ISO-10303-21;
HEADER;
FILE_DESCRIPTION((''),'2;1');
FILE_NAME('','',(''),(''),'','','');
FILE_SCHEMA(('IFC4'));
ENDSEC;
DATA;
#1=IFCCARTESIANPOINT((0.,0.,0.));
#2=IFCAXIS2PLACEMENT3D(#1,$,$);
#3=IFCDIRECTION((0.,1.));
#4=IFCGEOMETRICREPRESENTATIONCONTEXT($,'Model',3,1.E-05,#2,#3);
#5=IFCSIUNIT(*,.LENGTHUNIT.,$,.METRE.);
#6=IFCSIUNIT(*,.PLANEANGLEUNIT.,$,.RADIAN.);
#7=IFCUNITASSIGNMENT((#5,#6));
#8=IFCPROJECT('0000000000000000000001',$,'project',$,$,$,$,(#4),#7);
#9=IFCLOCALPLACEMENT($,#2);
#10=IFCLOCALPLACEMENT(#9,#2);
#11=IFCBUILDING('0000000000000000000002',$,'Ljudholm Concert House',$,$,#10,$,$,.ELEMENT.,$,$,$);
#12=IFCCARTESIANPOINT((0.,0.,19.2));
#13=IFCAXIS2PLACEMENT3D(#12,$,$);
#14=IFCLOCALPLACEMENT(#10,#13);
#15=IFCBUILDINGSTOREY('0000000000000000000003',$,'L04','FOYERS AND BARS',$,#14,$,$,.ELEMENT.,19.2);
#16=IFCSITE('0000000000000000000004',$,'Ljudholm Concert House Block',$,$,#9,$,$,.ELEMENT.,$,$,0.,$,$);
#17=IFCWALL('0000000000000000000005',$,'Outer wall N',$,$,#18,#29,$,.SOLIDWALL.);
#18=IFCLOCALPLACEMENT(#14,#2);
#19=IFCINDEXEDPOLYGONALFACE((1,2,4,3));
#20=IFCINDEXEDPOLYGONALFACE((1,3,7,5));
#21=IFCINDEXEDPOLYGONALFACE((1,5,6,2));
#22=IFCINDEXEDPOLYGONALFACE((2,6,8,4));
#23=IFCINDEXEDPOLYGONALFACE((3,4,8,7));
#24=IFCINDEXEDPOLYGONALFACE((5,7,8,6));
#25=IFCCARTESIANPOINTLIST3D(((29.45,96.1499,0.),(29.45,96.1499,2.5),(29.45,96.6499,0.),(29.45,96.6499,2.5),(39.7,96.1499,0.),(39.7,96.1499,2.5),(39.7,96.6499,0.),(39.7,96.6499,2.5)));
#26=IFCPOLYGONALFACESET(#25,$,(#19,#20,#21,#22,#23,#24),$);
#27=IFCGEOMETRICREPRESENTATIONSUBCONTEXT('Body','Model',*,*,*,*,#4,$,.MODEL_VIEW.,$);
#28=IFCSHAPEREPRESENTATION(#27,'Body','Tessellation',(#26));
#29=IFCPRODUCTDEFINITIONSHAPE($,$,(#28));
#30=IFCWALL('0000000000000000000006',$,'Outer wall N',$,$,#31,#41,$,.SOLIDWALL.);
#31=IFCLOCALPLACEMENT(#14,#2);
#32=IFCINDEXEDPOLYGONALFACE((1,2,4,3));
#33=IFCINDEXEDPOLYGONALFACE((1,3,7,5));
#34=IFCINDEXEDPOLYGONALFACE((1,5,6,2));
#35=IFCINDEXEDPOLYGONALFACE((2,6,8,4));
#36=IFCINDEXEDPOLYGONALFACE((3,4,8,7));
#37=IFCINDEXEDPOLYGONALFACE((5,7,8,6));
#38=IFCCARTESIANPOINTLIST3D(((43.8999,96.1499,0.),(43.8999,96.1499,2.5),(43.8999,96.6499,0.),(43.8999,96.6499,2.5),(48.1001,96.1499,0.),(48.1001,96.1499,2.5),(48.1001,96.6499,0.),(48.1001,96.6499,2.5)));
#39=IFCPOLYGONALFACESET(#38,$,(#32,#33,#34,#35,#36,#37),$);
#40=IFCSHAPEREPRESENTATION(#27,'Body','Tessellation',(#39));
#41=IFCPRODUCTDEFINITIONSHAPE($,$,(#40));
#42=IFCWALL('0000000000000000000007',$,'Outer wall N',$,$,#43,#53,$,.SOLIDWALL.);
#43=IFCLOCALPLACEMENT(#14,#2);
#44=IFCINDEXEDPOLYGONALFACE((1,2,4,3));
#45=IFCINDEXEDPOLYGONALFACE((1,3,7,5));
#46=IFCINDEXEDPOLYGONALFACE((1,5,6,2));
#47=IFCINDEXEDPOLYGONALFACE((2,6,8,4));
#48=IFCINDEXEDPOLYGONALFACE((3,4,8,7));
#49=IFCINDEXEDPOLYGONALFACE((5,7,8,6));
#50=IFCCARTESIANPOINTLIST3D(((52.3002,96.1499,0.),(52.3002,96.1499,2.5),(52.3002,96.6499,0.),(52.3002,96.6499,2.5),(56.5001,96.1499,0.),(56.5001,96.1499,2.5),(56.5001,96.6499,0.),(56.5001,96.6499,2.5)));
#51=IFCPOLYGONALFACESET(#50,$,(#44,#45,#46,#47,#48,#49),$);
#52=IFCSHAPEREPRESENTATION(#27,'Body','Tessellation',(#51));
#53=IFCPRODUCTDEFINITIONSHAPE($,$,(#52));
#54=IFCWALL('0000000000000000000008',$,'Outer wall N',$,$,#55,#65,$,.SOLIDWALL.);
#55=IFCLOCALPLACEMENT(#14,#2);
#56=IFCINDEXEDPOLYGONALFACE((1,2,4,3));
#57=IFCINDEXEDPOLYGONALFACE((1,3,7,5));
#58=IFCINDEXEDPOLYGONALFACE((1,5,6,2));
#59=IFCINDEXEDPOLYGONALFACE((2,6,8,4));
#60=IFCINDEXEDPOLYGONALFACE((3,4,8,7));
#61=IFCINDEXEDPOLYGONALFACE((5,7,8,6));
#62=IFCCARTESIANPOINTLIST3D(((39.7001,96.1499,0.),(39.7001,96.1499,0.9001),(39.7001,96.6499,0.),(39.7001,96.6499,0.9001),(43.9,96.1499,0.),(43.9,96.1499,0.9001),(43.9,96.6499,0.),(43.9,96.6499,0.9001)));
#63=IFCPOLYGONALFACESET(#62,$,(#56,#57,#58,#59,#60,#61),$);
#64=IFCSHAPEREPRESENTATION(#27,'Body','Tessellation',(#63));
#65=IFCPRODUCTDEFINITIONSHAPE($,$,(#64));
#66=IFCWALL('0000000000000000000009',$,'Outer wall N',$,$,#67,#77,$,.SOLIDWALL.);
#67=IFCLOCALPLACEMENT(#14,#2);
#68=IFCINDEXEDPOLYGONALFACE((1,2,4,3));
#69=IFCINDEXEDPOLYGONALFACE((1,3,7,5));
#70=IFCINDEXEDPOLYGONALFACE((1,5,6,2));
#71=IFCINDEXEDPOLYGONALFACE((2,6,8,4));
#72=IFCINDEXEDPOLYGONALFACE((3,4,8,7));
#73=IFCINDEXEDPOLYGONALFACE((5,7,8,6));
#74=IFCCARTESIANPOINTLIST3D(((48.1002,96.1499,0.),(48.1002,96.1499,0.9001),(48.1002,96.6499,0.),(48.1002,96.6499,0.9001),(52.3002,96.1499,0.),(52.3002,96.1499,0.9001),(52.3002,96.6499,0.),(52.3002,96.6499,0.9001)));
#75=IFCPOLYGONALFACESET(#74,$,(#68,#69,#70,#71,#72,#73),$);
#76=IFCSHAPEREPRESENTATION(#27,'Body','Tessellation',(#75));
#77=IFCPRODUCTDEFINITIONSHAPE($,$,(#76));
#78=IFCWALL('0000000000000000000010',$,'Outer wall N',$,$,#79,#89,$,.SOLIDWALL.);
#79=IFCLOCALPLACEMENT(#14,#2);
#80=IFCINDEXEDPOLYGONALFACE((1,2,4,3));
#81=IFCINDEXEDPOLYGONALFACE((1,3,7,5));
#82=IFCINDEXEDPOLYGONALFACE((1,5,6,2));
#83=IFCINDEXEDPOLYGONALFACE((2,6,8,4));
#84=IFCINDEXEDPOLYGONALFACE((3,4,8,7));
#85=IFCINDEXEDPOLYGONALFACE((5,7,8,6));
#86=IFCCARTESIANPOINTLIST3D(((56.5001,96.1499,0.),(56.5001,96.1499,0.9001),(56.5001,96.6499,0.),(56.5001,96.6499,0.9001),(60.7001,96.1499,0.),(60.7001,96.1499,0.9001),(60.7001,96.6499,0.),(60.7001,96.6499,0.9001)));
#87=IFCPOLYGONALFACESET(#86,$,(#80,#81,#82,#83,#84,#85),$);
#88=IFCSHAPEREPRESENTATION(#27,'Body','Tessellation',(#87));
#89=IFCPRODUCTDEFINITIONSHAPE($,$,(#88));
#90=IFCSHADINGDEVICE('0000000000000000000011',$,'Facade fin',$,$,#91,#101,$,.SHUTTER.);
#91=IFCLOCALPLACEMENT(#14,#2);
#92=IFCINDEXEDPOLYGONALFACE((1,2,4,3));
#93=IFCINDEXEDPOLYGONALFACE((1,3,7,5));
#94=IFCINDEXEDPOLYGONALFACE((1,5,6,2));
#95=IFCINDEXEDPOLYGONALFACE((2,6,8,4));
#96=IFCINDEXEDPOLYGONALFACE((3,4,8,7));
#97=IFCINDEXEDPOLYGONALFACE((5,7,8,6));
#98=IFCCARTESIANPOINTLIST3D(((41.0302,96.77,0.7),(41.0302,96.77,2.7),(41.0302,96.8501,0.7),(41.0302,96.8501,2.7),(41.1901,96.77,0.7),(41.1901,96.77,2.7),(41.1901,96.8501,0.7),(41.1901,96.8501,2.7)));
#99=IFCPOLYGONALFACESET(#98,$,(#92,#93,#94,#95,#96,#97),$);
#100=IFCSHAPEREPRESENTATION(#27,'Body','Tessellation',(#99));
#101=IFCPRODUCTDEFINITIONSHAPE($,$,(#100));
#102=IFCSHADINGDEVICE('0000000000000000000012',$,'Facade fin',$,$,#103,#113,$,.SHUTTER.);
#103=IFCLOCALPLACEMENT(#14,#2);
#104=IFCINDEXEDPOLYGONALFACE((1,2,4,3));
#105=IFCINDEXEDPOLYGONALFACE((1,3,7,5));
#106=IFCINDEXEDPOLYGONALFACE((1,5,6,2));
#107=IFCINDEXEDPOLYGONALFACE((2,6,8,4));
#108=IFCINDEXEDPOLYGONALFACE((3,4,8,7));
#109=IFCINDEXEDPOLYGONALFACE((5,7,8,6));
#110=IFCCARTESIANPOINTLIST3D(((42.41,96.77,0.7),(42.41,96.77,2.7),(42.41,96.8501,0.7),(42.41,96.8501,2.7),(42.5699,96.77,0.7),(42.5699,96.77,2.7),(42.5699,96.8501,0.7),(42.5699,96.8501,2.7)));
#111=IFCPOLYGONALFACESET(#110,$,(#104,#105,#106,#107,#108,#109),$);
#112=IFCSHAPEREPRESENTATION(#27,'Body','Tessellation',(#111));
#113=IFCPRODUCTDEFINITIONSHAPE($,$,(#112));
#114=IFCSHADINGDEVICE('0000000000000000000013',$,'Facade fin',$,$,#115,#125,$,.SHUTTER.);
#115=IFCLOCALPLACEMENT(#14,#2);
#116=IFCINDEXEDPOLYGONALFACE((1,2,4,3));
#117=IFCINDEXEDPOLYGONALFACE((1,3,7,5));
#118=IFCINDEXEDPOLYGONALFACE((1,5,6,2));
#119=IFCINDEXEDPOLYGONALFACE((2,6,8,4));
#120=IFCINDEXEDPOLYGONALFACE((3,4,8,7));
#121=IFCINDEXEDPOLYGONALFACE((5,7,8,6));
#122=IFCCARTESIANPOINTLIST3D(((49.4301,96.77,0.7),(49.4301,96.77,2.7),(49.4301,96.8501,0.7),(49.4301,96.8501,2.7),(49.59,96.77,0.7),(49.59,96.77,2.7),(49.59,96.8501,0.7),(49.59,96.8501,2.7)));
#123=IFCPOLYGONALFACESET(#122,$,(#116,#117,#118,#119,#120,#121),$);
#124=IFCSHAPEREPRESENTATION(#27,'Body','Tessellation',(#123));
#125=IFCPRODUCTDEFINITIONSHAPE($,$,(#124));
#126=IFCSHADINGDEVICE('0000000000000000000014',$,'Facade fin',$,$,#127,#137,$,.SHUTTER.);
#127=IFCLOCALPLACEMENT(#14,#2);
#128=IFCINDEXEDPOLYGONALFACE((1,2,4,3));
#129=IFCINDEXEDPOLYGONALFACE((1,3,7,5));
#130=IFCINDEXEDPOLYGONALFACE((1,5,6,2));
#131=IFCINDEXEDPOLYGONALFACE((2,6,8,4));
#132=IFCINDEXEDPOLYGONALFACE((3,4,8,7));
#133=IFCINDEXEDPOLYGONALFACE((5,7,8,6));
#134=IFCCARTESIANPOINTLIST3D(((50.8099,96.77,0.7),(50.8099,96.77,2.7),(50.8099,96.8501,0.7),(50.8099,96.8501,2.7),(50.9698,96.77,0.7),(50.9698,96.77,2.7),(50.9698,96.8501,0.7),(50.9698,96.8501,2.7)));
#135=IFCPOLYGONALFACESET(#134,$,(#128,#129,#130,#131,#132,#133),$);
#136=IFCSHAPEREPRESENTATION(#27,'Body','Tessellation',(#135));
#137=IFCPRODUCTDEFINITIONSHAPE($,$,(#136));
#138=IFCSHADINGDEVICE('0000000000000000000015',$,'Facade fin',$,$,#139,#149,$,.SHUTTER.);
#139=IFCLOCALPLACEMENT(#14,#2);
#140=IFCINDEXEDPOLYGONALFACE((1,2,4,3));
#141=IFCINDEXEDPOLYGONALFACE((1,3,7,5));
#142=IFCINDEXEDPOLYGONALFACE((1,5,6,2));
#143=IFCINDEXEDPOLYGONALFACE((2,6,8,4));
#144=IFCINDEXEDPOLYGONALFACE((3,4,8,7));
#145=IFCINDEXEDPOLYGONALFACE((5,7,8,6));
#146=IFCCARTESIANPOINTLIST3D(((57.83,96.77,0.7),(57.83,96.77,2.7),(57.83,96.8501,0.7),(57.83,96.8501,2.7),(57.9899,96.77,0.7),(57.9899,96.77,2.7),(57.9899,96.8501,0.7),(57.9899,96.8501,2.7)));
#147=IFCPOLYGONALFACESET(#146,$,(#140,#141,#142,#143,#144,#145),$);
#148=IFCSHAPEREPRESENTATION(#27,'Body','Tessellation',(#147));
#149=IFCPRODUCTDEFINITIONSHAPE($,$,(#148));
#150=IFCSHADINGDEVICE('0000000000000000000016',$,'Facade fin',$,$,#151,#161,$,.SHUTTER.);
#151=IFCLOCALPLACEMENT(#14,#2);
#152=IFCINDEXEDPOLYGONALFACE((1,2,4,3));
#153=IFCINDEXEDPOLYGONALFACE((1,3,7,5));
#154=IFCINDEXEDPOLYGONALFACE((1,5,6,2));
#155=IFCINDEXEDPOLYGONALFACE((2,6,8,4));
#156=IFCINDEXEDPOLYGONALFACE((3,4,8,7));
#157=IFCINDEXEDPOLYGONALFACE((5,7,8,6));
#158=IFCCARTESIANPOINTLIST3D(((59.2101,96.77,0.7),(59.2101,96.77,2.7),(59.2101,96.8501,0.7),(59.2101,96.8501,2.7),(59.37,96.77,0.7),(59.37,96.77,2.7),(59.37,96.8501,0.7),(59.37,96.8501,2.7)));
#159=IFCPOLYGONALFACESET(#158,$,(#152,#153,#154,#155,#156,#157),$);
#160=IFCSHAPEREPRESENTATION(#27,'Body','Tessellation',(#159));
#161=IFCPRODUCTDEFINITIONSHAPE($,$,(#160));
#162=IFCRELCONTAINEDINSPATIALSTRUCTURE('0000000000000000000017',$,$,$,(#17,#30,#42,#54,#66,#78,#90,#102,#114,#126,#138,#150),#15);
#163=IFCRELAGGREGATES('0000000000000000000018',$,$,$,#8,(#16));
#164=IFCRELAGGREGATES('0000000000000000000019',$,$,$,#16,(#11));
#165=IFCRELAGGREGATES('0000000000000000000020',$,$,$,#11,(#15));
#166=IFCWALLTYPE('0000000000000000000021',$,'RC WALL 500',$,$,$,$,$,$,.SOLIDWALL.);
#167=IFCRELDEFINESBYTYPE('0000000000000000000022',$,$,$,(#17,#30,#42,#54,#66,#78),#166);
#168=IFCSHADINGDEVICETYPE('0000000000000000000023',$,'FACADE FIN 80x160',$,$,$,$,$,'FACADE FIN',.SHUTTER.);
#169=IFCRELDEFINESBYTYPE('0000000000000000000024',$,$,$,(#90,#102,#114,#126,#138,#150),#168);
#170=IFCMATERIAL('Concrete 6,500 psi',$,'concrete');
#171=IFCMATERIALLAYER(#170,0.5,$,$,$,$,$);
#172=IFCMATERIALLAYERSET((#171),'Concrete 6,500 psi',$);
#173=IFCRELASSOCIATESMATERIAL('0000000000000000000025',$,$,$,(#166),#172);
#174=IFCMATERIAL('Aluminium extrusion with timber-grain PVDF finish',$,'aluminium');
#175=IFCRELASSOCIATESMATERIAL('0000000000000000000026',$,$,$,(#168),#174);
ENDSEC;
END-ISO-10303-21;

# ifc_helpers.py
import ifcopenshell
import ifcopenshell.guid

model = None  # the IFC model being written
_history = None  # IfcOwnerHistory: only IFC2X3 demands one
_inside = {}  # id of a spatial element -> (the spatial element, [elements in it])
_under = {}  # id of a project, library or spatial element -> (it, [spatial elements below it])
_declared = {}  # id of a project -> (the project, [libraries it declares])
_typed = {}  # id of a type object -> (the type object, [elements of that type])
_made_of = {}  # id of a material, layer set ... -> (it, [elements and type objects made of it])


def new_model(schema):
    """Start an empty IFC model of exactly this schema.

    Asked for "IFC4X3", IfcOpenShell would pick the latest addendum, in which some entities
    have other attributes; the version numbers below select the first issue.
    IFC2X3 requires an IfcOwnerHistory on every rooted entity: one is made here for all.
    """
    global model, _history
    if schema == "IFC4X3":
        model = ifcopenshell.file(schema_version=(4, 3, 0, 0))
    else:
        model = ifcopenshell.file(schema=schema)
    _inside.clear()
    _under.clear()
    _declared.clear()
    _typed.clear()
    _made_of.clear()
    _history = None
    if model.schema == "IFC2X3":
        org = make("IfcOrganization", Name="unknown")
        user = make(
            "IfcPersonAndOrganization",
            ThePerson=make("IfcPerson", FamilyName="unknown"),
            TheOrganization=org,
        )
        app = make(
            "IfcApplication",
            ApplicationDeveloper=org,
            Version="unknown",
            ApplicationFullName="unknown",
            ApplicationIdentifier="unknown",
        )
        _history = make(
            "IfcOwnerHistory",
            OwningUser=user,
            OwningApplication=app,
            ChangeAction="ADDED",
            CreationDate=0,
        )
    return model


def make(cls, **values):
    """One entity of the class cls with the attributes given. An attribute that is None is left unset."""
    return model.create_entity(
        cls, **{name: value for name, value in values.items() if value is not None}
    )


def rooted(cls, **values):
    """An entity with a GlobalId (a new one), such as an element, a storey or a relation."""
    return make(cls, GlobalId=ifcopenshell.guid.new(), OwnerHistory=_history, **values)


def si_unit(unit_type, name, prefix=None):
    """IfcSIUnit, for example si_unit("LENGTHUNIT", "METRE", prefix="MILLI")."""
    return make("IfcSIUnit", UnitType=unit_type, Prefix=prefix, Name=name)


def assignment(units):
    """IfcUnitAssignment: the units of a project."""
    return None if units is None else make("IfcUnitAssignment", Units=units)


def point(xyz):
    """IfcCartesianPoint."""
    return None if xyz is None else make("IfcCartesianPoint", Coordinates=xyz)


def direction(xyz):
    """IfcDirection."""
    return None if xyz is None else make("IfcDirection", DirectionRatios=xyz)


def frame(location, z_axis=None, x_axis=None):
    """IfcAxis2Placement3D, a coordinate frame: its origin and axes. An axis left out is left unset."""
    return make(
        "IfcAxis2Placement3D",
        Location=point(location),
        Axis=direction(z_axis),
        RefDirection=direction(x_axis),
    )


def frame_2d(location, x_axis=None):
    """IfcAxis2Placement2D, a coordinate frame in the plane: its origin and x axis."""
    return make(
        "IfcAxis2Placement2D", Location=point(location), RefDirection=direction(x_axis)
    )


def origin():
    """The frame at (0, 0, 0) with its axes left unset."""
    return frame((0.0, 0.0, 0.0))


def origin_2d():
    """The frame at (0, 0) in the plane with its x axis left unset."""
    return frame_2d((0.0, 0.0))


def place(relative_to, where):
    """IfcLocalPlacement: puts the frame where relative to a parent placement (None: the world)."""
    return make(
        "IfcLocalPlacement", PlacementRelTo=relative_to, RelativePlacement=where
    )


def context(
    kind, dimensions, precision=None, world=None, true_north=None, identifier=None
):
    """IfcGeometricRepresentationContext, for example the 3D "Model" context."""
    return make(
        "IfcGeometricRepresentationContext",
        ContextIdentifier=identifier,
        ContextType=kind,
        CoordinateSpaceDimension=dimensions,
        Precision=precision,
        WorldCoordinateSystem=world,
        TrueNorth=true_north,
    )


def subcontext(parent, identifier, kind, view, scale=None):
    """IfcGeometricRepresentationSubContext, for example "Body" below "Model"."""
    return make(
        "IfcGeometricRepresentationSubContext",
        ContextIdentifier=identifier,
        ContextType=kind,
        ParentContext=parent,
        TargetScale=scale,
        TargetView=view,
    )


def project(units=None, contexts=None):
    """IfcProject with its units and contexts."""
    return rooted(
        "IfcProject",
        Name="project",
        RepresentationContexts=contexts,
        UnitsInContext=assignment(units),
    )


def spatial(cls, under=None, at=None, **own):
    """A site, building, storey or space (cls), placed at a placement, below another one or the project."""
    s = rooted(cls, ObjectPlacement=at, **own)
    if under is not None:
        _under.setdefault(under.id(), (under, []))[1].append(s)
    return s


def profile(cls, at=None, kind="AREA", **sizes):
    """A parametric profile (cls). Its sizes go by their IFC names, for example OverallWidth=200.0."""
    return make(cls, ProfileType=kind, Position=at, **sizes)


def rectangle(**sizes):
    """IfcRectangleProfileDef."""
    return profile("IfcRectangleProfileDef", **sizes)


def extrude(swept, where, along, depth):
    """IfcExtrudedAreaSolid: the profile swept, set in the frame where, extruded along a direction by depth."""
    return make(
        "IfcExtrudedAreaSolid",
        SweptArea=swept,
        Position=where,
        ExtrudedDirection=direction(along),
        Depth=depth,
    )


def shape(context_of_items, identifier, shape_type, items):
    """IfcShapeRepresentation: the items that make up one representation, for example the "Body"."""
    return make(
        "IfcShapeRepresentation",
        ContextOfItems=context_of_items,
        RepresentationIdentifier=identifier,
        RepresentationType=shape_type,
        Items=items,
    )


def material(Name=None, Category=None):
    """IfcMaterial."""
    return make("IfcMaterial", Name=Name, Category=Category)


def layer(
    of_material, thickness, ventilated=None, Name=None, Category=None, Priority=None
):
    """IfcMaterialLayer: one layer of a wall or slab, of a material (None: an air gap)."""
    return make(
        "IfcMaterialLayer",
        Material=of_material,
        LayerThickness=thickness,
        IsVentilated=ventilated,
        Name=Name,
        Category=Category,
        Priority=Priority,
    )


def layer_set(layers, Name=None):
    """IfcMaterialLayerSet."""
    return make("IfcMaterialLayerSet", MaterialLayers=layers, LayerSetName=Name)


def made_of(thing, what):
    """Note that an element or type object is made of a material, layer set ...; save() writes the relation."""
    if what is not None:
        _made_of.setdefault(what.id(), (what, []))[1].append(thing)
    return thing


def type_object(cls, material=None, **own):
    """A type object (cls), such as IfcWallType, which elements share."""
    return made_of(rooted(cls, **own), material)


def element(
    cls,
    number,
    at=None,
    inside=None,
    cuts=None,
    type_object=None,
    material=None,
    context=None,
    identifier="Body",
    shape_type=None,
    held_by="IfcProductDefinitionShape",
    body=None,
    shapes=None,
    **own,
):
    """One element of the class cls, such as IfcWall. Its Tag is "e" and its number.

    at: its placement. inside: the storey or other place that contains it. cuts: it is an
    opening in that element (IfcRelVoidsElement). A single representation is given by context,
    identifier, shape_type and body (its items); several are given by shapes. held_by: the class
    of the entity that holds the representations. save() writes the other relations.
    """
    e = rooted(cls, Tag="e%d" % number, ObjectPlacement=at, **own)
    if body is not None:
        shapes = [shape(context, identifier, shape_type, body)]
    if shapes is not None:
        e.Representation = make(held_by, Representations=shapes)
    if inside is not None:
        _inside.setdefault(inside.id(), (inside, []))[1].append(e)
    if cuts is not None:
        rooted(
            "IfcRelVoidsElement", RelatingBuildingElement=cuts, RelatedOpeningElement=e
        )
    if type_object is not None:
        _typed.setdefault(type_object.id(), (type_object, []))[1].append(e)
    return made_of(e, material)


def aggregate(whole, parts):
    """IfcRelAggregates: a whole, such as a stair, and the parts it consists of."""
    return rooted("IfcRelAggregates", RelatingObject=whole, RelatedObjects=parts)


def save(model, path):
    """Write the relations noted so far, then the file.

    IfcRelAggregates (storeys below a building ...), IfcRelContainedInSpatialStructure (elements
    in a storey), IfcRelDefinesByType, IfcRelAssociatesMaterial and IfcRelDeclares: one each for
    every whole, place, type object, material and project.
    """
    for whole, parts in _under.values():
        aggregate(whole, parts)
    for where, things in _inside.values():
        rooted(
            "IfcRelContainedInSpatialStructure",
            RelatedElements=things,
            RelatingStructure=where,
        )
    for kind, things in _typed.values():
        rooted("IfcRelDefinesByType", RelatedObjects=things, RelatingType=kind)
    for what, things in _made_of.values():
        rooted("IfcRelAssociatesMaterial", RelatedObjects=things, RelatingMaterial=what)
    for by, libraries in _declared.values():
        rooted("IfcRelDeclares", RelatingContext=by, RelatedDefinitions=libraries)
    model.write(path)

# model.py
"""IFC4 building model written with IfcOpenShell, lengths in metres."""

from ifc_helpers import new_model, si_unit, direction, frame, frame_2d, origin, origin_2d, place, context, subcontext, project, spatial, rectangle, extrude, material, layer, layer_set, type_object, element, save


model = new_model("IFC4")

# Units and contexts
model_context = context("Model", 3, precision=1e-05, world=origin(), true_north=direction((0.0, 1.0)))
body_context = subcontext(model_context, "Body", "Model", "MODEL_VIEW")
ifc_project = project(units=[si_unit("LENGTHUNIT", "METRE"), si_unit("PLANEANGLEUNIT", "RADIAN")], contexts=[model_context])

# Site, building, storey
site_placement = place(None, origin())
site = spatial("IfcSite", under=ifc_project, at=site_placement, Name="Ljudholm Concert House Block", CompositionType="ELEMENT", RefElevation=0.0)
building_placement = place(site_placement, origin())
building = spatial("IfcBuilding", under=site, at=building_placement, Name="Ljudholm Concert House", CompositionType="ELEMENT")
storey_placement = place(building_placement, frame((0.0, 0.0, 19.2)))
storey = spatial("IfcBuildingStorey", under=building, at=storey_placement, Name="L04", Description="FOYERS AND BARS", CompositionType="ELEMENT", Elevation=19.2)

# Walls
ifc_material_1 = material(Name="Concrete 6,500 psi", Category="concrete")
ifc_layer_1 = layer(ifc_material_1, 0.5)
ifc_layer_set_1 = layer_set([ifc_layer_1], Name="Concrete 6,500 psi")
wall_type = type_object("IfcWallType", Name="RC WALL 500", PredefinedType="SOLIDWALL", material=ifc_layer_set_1)
wall_1_placement = place(storey_placement, frame((29.45, 96.3999, 0.0), z_axis=(0.0, 0.0, 1.0), x_axis=(1.0, 0.0, 0.0)))
element("IfcWall", 1, at=wall_1_placement, inside=storey, type_object=wall_type, Name="Outer wall N", PredefinedType="SOLIDWALL", context=body_context, shape_type="SweptSolid", body=[
    extrude(rectangle(XDim=10.25, YDim=0.5, at=frame_2d((5.125, 0.0))), origin(), (0.0, 0.0, 1.0), 2.5),
])
wall_2_placement = place(storey_placement, frame((43.8999, 96.3999, 0.0), z_axis=(0.0, 0.0, 1.0), x_axis=(1.0, 0.0, 0.0)))
element("IfcWall", 2, at=wall_2_placement, inside=storey, type_object=wall_type, Name="Outer wall N", PredefinedType="SOLIDWALL", context=body_context, shape_type="SweptSolid", body=[
    extrude(rectangle(XDim=4.2002, YDim=0.5, at=frame_2d((2.1001, 0.0))), origin(), (0.0, 0.0, 1.0), 2.5),
])
wall_3_placement = place(storey_placement, frame((52.3, 96.3999, 0.0), z_axis=(0.0, 0.0, 1.0), x_axis=(1.0, 0.0, 0.0)))
element("IfcWall", 3, at=wall_3_placement, inside=storey, type_object=wall_type, Name="Outer wall N", PredefinedType="SOLIDWALL", context=body_context, shape_type="SweptSolid", body=[
    extrude(rectangle(XDim=4.2, YDim=0.5, at=frame_2d((2.1001, 0.0))), origin(), (0.0, 0.0, 1.0), 2.5),
])
for number, where, z_axis, x_axis, name in (
    (4, (39.7, 96.3999, 0.0), (0.0, 0.0, 1.0), (1.0, 0.0, 0.0), "Outer wall N"),
    (5, (48.1001, 96.3999, 0.0), (0.0, 0.0, 1.0), (1.0, 0.0, 0.0), "Outer wall N"),
    (6, (56.5, 96.3999, 0.0), (0.0, 0.0, 1.0), (1.0, 0.0, 0.0), "Outer wall N"),
):
    element("IfcWall", number, at=place(storey_placement, frame(where, z_axis=z_axis, x_axis=x_axis)), inside=storey, type_object=wall_type, Name=name, PredefinedType="SOLIDWALL", context=body_context, shape_type="SweptSolid", body=[
        extrude(rectangle(XDim=4.2, YDim=0.5, at=frame_2d((2.1001, 0.0))), origin(), (0.0, 0.0, 1.0), 0.9001),
    ])

# Shading devices
ifc_material_2 = material(Name="Aluminium extrusion with timber-grain PVDF finish", Category="aluminium")
shading_device_type = type_object("IfcShadingDeviceType", Name="FACADE FIN 80x160", ElementType="FACADE FIN", PredefinedType="SHUTTER", material=ifc_material_2)
for number, where, z_axis, x_axis, name in (
    (7, (41.1101, 96.8101, 0.7), (0.0, 0.0, 1.0), (0.0, 1.0, 0.0), "Facade fin"),
    (8, (42.49, 96.8101, 0.7), (0.0, 0.0, 1.0), (0.0, 1.0, 0.0), "Facade fin"),
    (9, (49.51, 96.8101, 0.7), (0.0, 0.0, 1.0), (0.0, 1.0, 0.0), "Facade fin"),
    (10, (50.8899, 96.8101, 0.7), (0.0, 0.0, 1.0), (0.0, 1.0, 0.0), "Facade fin"),
    (11, (57.9099, 96.8101, 0.7), (0.0, 0.0, 1.0), (0.0, 1.0, 0.0), "Facade fin"),
    (12, (59.29, 96.8101, 0.7), (0.0, 0.0, 1.0), (0.0, 1.0, 0.0), "Facade fin"),
):
    element("IfcShadingDevice", number, at=place(storey_placement, frame(where, z_axis=z_axis, x_axis=x_axis)), inside=storey, type_object=shading_device_type, Name=name, PredefinedType="SHUTTER", context=body_context, shape_type="SweptSolid", body=[
        extrude(rectangle(XDim=0.0801, YDim=0.1599, at=origin_2d()), origin(), (0.0, 0.0, 1.0), 2.0),
    ])

save(model, "model.ifc")
